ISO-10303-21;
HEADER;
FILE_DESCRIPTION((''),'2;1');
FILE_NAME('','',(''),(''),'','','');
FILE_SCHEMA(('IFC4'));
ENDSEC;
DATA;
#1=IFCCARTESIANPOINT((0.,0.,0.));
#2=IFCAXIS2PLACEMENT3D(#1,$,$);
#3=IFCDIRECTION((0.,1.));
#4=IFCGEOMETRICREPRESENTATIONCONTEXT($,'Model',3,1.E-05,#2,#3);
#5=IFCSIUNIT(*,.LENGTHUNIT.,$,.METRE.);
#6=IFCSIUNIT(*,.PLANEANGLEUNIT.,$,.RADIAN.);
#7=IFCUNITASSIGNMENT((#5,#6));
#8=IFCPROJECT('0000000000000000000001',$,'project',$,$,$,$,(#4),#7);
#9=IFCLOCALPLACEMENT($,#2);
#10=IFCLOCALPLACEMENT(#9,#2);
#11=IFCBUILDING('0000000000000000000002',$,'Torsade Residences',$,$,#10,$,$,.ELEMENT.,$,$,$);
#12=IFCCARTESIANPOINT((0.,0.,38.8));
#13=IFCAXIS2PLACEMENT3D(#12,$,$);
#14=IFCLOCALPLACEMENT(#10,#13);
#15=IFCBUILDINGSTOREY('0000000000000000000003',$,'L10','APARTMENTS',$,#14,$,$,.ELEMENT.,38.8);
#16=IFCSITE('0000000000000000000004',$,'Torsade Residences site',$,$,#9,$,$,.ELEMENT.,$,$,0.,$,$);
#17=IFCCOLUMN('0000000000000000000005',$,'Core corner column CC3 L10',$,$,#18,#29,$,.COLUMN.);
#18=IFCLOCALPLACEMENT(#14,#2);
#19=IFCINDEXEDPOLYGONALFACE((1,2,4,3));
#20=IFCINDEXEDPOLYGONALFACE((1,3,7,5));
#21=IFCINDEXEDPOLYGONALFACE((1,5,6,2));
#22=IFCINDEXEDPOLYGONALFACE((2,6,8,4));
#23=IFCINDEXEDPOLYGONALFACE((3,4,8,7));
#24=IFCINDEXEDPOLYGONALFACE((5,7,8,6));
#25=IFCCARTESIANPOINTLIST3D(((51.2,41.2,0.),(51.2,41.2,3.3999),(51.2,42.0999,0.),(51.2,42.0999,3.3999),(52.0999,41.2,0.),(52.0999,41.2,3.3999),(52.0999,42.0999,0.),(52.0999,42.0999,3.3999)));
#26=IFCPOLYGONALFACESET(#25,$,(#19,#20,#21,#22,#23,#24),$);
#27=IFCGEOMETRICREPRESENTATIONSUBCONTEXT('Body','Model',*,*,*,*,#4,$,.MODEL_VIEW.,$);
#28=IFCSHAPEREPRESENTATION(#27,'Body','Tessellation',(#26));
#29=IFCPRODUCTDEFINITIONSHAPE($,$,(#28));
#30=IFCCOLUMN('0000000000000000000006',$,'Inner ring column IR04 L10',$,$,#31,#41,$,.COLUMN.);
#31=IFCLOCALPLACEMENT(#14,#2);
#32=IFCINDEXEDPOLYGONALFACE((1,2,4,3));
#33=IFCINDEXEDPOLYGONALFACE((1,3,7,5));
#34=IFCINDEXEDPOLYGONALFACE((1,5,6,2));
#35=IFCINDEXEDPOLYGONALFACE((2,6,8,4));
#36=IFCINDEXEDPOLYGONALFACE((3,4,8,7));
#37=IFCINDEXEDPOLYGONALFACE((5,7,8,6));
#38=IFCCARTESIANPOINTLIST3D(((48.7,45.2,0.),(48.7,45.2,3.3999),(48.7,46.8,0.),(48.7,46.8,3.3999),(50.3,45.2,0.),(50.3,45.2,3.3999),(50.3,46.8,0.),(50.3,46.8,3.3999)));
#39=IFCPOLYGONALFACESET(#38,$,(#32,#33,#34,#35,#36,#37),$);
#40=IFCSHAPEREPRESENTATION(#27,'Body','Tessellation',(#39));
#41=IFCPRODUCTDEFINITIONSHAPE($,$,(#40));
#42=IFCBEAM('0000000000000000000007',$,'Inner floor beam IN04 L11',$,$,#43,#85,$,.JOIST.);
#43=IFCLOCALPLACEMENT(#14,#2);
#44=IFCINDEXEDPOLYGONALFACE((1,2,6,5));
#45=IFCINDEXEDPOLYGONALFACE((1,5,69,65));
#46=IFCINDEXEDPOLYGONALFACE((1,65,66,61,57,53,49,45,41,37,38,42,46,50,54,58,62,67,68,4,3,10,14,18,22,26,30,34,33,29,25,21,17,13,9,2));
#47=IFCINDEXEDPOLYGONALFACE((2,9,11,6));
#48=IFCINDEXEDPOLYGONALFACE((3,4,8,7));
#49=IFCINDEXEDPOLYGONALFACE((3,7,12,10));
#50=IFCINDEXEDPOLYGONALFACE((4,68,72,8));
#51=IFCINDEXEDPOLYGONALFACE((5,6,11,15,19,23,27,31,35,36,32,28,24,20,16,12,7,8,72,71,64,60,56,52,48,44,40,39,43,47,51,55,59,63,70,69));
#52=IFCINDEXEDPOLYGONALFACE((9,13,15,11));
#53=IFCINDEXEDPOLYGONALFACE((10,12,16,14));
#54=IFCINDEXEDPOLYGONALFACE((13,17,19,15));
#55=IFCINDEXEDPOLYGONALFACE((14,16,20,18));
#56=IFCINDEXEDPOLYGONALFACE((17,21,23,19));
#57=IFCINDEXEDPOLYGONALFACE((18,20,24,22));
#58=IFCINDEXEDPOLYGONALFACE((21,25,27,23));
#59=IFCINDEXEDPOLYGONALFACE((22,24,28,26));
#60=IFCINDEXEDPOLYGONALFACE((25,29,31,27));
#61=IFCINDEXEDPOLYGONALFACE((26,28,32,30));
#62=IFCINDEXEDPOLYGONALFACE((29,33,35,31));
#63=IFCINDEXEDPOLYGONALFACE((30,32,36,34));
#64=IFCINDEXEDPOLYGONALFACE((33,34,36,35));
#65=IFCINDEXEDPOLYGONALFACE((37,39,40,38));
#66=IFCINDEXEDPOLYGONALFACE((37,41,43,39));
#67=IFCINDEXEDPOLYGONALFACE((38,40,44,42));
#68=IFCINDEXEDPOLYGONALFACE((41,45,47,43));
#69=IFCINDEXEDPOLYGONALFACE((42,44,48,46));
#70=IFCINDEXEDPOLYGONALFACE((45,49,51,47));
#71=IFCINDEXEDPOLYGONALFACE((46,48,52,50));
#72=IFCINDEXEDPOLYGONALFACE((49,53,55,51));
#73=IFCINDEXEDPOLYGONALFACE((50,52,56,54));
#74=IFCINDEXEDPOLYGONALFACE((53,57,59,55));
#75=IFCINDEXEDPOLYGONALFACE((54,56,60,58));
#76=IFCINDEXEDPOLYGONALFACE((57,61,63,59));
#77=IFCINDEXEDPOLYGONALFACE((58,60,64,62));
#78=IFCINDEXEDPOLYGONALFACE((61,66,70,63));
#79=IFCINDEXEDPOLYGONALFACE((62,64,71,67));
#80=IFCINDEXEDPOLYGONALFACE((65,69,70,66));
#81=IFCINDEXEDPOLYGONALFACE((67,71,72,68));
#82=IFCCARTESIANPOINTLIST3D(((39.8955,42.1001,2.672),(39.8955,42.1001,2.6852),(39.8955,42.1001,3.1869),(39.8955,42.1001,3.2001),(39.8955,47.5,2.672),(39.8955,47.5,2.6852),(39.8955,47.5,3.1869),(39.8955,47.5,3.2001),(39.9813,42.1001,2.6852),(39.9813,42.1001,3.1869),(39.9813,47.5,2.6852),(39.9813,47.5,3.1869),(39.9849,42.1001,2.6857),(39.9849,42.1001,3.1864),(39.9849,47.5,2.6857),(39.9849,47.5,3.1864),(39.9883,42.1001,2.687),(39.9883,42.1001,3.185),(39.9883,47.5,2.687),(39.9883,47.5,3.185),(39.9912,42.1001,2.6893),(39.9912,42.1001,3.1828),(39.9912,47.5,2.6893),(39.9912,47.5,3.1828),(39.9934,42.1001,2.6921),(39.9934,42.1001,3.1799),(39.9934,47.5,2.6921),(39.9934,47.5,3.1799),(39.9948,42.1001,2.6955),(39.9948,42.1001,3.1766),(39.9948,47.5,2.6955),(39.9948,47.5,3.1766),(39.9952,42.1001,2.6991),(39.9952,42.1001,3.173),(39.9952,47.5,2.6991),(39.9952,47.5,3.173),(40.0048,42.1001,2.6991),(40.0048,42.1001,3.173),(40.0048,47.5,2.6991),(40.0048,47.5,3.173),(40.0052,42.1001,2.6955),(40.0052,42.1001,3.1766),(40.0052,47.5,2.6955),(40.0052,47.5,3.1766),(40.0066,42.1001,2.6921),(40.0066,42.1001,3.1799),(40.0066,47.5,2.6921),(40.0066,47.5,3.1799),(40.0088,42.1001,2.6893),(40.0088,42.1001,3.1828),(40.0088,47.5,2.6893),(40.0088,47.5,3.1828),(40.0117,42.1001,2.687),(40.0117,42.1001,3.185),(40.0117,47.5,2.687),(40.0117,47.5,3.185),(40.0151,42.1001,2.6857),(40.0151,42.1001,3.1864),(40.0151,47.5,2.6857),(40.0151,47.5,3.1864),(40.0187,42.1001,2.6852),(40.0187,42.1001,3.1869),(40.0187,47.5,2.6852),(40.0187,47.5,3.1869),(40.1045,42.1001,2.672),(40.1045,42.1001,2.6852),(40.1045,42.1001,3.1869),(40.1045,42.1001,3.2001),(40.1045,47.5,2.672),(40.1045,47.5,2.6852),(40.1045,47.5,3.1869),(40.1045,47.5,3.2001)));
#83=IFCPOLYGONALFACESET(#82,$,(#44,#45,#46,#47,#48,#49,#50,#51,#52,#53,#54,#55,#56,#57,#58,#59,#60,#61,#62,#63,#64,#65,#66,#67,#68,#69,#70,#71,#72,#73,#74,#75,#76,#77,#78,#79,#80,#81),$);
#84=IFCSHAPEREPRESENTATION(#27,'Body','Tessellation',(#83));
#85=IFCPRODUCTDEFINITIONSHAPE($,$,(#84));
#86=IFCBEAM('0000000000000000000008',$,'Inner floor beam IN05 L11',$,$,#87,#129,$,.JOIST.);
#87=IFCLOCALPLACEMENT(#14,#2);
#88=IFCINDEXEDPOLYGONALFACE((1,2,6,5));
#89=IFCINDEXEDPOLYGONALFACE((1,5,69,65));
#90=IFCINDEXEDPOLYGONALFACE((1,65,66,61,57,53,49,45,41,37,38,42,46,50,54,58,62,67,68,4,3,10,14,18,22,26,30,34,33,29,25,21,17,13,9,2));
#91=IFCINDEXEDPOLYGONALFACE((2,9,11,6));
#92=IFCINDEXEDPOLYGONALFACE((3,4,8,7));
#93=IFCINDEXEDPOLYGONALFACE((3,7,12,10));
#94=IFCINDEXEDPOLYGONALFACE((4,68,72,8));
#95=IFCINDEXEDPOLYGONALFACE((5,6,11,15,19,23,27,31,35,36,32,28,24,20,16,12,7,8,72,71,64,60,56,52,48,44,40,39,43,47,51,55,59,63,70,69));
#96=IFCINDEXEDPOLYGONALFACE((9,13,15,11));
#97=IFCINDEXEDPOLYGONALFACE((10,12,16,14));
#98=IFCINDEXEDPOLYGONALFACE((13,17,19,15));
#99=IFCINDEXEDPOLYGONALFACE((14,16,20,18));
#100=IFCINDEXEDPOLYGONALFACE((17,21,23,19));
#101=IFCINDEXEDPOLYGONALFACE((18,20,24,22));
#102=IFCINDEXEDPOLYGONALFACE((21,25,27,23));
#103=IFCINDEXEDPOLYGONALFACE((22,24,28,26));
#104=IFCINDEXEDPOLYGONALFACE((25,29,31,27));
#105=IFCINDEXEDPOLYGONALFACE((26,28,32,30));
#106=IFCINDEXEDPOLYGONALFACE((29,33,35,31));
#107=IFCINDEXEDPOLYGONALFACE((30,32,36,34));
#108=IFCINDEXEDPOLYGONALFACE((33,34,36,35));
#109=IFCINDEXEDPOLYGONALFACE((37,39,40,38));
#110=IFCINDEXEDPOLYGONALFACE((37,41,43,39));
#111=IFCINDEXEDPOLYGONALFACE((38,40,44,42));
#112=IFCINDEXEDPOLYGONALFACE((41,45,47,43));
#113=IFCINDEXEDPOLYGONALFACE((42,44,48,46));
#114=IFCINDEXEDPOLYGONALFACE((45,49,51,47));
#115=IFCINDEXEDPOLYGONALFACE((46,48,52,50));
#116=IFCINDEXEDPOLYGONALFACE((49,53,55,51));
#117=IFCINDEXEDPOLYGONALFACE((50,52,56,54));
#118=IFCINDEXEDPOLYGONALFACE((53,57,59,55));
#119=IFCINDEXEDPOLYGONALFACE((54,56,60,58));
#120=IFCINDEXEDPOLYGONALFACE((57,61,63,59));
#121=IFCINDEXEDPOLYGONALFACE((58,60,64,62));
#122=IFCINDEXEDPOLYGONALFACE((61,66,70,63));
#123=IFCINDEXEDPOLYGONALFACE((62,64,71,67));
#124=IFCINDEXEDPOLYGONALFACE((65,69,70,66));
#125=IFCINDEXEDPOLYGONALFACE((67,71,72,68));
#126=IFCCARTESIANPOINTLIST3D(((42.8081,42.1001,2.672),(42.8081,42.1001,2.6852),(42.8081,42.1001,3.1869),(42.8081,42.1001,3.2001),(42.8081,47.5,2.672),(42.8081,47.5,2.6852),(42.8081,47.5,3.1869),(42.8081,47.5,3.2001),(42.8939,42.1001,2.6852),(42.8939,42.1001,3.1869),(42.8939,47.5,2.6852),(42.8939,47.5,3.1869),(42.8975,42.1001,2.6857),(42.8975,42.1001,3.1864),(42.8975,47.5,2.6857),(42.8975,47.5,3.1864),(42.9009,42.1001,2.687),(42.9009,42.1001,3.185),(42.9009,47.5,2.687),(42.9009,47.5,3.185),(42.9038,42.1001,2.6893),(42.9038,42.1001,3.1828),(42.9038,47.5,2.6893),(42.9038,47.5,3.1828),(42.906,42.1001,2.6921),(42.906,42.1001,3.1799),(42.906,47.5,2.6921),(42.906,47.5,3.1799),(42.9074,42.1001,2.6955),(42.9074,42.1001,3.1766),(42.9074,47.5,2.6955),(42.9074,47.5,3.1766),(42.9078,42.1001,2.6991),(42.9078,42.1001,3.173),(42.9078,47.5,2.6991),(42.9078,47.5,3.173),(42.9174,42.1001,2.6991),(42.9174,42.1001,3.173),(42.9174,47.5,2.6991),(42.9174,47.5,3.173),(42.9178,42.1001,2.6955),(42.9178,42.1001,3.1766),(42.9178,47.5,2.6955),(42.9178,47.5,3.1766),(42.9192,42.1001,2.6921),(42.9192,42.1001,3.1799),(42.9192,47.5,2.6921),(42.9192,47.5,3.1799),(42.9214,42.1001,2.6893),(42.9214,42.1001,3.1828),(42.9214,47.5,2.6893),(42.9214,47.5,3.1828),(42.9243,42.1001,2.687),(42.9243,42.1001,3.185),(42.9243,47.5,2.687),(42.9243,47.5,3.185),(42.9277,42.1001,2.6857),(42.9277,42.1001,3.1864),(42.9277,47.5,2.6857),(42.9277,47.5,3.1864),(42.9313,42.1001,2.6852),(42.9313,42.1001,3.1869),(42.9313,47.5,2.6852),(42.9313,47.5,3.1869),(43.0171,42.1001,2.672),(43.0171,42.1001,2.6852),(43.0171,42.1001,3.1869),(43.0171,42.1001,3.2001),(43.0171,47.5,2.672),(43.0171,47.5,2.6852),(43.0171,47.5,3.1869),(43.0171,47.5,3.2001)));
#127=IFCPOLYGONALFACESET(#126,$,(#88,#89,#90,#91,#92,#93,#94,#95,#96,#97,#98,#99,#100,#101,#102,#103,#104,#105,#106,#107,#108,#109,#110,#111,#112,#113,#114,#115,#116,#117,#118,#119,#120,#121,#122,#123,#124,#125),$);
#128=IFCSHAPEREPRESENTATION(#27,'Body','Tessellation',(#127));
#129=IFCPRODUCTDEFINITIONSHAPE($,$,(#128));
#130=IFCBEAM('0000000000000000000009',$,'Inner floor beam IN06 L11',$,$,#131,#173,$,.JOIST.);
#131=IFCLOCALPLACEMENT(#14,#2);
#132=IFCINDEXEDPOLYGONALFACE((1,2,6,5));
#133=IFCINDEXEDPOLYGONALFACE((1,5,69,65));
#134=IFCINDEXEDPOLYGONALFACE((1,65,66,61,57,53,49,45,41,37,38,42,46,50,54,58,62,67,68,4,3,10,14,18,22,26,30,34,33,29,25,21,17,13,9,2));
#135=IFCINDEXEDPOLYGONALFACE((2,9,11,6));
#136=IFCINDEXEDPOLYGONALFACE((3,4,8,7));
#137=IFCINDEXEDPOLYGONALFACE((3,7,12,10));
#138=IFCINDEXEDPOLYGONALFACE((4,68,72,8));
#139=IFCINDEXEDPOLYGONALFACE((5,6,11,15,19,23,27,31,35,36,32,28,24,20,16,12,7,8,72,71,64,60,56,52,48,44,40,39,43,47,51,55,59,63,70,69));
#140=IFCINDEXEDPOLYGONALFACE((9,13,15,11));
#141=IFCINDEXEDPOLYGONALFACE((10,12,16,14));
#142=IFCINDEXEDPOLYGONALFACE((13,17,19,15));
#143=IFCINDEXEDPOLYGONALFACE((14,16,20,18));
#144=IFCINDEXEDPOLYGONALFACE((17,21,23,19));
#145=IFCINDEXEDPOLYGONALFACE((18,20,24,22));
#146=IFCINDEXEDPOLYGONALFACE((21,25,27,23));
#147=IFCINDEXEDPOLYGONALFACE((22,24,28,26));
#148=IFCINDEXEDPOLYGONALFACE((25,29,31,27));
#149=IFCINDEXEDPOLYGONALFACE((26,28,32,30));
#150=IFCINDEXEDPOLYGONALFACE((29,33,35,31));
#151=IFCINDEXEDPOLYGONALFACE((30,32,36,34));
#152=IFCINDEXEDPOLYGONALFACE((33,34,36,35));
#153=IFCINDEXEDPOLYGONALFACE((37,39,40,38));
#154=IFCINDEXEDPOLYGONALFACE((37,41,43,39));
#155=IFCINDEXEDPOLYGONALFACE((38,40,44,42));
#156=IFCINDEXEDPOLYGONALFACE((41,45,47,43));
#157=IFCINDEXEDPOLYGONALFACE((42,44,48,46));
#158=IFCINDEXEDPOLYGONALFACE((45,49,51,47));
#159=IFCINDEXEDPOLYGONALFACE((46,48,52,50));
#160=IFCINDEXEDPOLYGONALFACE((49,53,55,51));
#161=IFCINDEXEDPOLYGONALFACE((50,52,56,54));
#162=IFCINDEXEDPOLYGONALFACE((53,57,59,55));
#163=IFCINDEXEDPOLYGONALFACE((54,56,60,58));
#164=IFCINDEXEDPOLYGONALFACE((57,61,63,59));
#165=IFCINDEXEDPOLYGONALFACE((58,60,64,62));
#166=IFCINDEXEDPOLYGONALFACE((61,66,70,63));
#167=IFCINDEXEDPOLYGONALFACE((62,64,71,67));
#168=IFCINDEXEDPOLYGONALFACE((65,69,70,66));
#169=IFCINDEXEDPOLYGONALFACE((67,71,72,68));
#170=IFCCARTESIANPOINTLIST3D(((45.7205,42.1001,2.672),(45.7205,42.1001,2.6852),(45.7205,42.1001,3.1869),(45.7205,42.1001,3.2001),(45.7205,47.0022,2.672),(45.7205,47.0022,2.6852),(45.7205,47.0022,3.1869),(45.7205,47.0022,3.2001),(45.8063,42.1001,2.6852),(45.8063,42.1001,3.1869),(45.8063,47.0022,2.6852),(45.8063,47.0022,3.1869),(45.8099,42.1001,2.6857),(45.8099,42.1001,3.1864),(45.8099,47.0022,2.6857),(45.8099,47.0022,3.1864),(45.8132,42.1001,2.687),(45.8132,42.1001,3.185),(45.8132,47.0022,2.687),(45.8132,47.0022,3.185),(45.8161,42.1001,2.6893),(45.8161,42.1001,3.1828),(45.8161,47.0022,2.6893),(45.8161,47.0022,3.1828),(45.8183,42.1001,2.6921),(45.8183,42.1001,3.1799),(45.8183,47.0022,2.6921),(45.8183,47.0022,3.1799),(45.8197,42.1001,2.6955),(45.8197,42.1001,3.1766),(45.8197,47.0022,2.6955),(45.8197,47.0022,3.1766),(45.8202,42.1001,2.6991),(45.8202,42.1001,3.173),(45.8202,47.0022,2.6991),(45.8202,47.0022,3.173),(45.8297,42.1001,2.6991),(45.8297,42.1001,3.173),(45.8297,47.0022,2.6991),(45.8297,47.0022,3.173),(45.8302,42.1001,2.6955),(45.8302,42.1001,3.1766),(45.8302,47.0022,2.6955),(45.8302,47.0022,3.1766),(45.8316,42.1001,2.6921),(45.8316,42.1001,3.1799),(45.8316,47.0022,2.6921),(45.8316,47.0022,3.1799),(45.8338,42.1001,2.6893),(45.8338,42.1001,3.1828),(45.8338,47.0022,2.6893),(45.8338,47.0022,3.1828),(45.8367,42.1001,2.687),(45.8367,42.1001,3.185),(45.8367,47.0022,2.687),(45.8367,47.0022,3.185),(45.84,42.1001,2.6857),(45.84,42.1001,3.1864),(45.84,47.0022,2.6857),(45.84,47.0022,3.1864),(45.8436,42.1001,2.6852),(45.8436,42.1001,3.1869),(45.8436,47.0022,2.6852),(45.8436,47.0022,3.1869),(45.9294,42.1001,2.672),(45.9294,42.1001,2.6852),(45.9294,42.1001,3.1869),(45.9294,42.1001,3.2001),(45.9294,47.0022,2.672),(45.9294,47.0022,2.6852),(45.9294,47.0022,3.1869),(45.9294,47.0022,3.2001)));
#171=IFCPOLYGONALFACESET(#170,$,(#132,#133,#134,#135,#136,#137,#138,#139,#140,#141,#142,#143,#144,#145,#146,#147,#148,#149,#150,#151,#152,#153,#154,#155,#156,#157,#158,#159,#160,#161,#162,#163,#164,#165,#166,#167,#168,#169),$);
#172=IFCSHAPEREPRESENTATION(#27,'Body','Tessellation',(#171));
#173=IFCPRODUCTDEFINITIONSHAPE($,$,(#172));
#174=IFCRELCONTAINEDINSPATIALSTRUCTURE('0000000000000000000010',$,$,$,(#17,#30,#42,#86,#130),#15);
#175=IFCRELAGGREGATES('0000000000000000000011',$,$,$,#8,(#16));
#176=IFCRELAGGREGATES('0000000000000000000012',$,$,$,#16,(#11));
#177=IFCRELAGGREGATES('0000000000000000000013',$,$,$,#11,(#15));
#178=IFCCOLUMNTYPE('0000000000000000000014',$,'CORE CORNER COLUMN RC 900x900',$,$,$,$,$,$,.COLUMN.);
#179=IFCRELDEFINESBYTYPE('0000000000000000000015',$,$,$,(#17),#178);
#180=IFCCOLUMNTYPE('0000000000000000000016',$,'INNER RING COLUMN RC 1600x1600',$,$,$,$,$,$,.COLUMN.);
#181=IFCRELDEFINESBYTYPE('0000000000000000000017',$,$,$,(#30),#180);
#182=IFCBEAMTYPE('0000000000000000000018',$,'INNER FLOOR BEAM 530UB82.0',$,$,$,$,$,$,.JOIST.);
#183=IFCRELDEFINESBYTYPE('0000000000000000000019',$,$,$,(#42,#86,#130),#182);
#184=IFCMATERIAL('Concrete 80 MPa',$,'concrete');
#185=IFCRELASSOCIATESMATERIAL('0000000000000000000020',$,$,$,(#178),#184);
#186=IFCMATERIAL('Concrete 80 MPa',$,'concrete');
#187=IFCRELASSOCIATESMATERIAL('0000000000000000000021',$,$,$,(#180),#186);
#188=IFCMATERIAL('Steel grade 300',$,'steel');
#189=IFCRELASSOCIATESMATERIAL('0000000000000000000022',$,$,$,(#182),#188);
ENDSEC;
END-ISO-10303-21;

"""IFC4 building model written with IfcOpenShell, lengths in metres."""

from ifc_helpers import new_model, si_unit, direction, frame, origin, origin_2d, place, context, subcontext, project, spatial, rectangle, i_section, extrude, material, material_profile, profile_set, type_object, element, save


model = new_model("IFC4")

# Units and contexts
model_context = context("Model", 3, precision=1e-05, world=origin(), true_north=direction((0.0, 1.0)))
body_context = subcontext(model_context, "Body", "Model", "MODEL_VIEW")
ifc_project = project(units=[si_unit("LENGTHUNIT", "METRE"), si_unit("PLANEANGLEUNIT", "RADIAN")], contexts=[model_context])

# Site, building, storey
site_placement = place(None, origin())
site = spatial("IfcSite", under=ifc_project, at=site_placement, Name="Torsade Residences site", CompositionType="ELEMENT", RefElevation=0.0)
building_placement = place(site_placement, origin())
building = spatial("IfcBuilding", under=site, at=building_placement, Name="Torsade Residences", CompositionType="ELEMENT")
storey_placement = place(building_placement, frame((0.0, 0.0, 38.8)))
storey = spatial("IfcBuildingStorey", under=building, at=storey_placement, Name="L10", Description="APARTMENTS", CompositionType="ELEMENT", Elevation=38.8)

# Columns
ifc_material_1 = material(Name="Concrete 80 MPa", Category="concrete")
ifc_material_profile_1 = material_profile(ifc_material_1, rectangle(XDim=0.8999, YDim=0.8999, at=origin_2d()), Name="RC 900x900")
ifc_profile_set_1 = profile_set([ifc_material_profile_1], Name="Concrete 80 MPa")
column_type_1 = type_object("IfcColumnType", Name="CORE CORNER COLUMN RC 900x900", PredefinedType="COLUMN", material=ifc_profile_set_1)
column_1_placement = place(storey_placement, frame((51.6499, 41.6499, 0.0), z_axis=(0.0, 0.0, 1.0), x_axis=(1.0, 0.0, 0.0)))
element("IfcColumn", 1, at=column_1_placement, inside=storey, type_object=column_type_1, Name="Core corner column CC3 L10", PredefinedType="COLUMN", context=body_context, shape_type="SweptSolid", body=[
    extrude(rectangle(XDim=0.8999, YDim=0.8999, at=origin_2d()), origin(), (0.0, 0.0, 1.0), 3.3999),
])
ifc_material_2 = material(Name="Concrete 80 MPa", Category="concrete")
ifc_material_profile_2 = material_profile(ifc_material_2, rectangle(XDim=1.6001, YDim=1.6001, at=origin_2d()), Name="RC 1600x1600")
ifc_profile_set_2 = profile_set([ifc_material_profile_2], Name="Concrete 80 MPa")
column_type_2 = type_object("IfcColumnType", Name="INNER RING COLUMN RC 1600x1600", PredefinedType="COLUMN", material=ifc_profile_set_2)
column_2_placement = place(storey_placement, frame((49.5, 46.0, 0.0), z_axis=(0.0, 0.0, 1.0), x_axis=(1.0, 0.0, 0.0)))
element("IfcColumn", 2, at=column_2_placement, inside=storey, type_object=column_type_2, Name="Inner ring column IR04 L10", PredefinedType="COLUMN", context=body_context, shape_type="SweptSolid", body=[
    extrude(rectangle(XDim=1.6001, YDim=1.6001, at=origin_2d()), origin(), (0.0, 0.0, 1.0), 3.3999),
])

# Beams
ifc_material_3 = material(Name="Steel grade 300", Category="steel")
ifc_material_profile_3 = material_profile(ifc_material_3, i_section(OverallWidth=0.209, OverallDepth=0.5281, WebThickness=0.0095, FlangeThickness=0.0132, FilletRadius=0.0139, at=origin_2d()), Name="530UB82.0")
ifc_profile_set_3 = profile_set([ifc_material_profile_3], Name="Steel grade 300")
beam_type_1 = type_object("IfcBeamType", Name="INNER FLOOR BEAM 530UB82.0", PredefinedType="JOIST", material=ifc_profile_set_3)
for number, where, z_axis, x_axis, name in (
    (3, (40.0, 42.1001, 2.936), (0.0, 1.0, 0.0), (-1.0, 0.0, 0.0), "Inner floor beam IN04 L11"),
    (4, (42.9126, 42.1001, 2.936), (0.0, 1.0, 0.0), (-1.0, 0.0, 0.0), "Inner floor beam IN05 L11"),
):
    element("IfcBeam", number, at=place(storey_placement, frame(where, z_axis=z_axis, x_axis=x_axis)), inside=storey, type_object=beam_type_1, Name=name, PredefinedType="JOIST", context=body_context, shape_type="SweptSolid", body=[
        extrude(i_section(OverallWidth=0.209, OverallDepth=0.5281, WebThickness=0.0095, FlangeThickness=0.0132, FilletRadius=0.0139, at=origin_2d()), origin(), (0.0, 0.0, 1.0), 5.3999),
    ])
beam_1_placement = place(storey_placement, frame((45.825, 42.1001, 2.936), z_axis=(0.0, 1.0, 0.0), x_axis=(-1.0, 0.0, 0.0)))
element("IfcBeam", 5, at=beam_1_placement, inside=storey, type_object=beam_type_1, Name="Inner floor beam IN06 L11", PredefinedType="JOIST", context=body_context, shape_type="SweptSolid", body=[
    extrude(i_section(OverallWidth=0.209, OverallDepth=0.5281, WebThickness=0.0095, FlangeThickness=0.0132, FilletRadius=0.0139, at=origin_2d()), origin(), (0.0, 0.0, 1.0), 4.9021),
])

save(model, "model.ifc")
